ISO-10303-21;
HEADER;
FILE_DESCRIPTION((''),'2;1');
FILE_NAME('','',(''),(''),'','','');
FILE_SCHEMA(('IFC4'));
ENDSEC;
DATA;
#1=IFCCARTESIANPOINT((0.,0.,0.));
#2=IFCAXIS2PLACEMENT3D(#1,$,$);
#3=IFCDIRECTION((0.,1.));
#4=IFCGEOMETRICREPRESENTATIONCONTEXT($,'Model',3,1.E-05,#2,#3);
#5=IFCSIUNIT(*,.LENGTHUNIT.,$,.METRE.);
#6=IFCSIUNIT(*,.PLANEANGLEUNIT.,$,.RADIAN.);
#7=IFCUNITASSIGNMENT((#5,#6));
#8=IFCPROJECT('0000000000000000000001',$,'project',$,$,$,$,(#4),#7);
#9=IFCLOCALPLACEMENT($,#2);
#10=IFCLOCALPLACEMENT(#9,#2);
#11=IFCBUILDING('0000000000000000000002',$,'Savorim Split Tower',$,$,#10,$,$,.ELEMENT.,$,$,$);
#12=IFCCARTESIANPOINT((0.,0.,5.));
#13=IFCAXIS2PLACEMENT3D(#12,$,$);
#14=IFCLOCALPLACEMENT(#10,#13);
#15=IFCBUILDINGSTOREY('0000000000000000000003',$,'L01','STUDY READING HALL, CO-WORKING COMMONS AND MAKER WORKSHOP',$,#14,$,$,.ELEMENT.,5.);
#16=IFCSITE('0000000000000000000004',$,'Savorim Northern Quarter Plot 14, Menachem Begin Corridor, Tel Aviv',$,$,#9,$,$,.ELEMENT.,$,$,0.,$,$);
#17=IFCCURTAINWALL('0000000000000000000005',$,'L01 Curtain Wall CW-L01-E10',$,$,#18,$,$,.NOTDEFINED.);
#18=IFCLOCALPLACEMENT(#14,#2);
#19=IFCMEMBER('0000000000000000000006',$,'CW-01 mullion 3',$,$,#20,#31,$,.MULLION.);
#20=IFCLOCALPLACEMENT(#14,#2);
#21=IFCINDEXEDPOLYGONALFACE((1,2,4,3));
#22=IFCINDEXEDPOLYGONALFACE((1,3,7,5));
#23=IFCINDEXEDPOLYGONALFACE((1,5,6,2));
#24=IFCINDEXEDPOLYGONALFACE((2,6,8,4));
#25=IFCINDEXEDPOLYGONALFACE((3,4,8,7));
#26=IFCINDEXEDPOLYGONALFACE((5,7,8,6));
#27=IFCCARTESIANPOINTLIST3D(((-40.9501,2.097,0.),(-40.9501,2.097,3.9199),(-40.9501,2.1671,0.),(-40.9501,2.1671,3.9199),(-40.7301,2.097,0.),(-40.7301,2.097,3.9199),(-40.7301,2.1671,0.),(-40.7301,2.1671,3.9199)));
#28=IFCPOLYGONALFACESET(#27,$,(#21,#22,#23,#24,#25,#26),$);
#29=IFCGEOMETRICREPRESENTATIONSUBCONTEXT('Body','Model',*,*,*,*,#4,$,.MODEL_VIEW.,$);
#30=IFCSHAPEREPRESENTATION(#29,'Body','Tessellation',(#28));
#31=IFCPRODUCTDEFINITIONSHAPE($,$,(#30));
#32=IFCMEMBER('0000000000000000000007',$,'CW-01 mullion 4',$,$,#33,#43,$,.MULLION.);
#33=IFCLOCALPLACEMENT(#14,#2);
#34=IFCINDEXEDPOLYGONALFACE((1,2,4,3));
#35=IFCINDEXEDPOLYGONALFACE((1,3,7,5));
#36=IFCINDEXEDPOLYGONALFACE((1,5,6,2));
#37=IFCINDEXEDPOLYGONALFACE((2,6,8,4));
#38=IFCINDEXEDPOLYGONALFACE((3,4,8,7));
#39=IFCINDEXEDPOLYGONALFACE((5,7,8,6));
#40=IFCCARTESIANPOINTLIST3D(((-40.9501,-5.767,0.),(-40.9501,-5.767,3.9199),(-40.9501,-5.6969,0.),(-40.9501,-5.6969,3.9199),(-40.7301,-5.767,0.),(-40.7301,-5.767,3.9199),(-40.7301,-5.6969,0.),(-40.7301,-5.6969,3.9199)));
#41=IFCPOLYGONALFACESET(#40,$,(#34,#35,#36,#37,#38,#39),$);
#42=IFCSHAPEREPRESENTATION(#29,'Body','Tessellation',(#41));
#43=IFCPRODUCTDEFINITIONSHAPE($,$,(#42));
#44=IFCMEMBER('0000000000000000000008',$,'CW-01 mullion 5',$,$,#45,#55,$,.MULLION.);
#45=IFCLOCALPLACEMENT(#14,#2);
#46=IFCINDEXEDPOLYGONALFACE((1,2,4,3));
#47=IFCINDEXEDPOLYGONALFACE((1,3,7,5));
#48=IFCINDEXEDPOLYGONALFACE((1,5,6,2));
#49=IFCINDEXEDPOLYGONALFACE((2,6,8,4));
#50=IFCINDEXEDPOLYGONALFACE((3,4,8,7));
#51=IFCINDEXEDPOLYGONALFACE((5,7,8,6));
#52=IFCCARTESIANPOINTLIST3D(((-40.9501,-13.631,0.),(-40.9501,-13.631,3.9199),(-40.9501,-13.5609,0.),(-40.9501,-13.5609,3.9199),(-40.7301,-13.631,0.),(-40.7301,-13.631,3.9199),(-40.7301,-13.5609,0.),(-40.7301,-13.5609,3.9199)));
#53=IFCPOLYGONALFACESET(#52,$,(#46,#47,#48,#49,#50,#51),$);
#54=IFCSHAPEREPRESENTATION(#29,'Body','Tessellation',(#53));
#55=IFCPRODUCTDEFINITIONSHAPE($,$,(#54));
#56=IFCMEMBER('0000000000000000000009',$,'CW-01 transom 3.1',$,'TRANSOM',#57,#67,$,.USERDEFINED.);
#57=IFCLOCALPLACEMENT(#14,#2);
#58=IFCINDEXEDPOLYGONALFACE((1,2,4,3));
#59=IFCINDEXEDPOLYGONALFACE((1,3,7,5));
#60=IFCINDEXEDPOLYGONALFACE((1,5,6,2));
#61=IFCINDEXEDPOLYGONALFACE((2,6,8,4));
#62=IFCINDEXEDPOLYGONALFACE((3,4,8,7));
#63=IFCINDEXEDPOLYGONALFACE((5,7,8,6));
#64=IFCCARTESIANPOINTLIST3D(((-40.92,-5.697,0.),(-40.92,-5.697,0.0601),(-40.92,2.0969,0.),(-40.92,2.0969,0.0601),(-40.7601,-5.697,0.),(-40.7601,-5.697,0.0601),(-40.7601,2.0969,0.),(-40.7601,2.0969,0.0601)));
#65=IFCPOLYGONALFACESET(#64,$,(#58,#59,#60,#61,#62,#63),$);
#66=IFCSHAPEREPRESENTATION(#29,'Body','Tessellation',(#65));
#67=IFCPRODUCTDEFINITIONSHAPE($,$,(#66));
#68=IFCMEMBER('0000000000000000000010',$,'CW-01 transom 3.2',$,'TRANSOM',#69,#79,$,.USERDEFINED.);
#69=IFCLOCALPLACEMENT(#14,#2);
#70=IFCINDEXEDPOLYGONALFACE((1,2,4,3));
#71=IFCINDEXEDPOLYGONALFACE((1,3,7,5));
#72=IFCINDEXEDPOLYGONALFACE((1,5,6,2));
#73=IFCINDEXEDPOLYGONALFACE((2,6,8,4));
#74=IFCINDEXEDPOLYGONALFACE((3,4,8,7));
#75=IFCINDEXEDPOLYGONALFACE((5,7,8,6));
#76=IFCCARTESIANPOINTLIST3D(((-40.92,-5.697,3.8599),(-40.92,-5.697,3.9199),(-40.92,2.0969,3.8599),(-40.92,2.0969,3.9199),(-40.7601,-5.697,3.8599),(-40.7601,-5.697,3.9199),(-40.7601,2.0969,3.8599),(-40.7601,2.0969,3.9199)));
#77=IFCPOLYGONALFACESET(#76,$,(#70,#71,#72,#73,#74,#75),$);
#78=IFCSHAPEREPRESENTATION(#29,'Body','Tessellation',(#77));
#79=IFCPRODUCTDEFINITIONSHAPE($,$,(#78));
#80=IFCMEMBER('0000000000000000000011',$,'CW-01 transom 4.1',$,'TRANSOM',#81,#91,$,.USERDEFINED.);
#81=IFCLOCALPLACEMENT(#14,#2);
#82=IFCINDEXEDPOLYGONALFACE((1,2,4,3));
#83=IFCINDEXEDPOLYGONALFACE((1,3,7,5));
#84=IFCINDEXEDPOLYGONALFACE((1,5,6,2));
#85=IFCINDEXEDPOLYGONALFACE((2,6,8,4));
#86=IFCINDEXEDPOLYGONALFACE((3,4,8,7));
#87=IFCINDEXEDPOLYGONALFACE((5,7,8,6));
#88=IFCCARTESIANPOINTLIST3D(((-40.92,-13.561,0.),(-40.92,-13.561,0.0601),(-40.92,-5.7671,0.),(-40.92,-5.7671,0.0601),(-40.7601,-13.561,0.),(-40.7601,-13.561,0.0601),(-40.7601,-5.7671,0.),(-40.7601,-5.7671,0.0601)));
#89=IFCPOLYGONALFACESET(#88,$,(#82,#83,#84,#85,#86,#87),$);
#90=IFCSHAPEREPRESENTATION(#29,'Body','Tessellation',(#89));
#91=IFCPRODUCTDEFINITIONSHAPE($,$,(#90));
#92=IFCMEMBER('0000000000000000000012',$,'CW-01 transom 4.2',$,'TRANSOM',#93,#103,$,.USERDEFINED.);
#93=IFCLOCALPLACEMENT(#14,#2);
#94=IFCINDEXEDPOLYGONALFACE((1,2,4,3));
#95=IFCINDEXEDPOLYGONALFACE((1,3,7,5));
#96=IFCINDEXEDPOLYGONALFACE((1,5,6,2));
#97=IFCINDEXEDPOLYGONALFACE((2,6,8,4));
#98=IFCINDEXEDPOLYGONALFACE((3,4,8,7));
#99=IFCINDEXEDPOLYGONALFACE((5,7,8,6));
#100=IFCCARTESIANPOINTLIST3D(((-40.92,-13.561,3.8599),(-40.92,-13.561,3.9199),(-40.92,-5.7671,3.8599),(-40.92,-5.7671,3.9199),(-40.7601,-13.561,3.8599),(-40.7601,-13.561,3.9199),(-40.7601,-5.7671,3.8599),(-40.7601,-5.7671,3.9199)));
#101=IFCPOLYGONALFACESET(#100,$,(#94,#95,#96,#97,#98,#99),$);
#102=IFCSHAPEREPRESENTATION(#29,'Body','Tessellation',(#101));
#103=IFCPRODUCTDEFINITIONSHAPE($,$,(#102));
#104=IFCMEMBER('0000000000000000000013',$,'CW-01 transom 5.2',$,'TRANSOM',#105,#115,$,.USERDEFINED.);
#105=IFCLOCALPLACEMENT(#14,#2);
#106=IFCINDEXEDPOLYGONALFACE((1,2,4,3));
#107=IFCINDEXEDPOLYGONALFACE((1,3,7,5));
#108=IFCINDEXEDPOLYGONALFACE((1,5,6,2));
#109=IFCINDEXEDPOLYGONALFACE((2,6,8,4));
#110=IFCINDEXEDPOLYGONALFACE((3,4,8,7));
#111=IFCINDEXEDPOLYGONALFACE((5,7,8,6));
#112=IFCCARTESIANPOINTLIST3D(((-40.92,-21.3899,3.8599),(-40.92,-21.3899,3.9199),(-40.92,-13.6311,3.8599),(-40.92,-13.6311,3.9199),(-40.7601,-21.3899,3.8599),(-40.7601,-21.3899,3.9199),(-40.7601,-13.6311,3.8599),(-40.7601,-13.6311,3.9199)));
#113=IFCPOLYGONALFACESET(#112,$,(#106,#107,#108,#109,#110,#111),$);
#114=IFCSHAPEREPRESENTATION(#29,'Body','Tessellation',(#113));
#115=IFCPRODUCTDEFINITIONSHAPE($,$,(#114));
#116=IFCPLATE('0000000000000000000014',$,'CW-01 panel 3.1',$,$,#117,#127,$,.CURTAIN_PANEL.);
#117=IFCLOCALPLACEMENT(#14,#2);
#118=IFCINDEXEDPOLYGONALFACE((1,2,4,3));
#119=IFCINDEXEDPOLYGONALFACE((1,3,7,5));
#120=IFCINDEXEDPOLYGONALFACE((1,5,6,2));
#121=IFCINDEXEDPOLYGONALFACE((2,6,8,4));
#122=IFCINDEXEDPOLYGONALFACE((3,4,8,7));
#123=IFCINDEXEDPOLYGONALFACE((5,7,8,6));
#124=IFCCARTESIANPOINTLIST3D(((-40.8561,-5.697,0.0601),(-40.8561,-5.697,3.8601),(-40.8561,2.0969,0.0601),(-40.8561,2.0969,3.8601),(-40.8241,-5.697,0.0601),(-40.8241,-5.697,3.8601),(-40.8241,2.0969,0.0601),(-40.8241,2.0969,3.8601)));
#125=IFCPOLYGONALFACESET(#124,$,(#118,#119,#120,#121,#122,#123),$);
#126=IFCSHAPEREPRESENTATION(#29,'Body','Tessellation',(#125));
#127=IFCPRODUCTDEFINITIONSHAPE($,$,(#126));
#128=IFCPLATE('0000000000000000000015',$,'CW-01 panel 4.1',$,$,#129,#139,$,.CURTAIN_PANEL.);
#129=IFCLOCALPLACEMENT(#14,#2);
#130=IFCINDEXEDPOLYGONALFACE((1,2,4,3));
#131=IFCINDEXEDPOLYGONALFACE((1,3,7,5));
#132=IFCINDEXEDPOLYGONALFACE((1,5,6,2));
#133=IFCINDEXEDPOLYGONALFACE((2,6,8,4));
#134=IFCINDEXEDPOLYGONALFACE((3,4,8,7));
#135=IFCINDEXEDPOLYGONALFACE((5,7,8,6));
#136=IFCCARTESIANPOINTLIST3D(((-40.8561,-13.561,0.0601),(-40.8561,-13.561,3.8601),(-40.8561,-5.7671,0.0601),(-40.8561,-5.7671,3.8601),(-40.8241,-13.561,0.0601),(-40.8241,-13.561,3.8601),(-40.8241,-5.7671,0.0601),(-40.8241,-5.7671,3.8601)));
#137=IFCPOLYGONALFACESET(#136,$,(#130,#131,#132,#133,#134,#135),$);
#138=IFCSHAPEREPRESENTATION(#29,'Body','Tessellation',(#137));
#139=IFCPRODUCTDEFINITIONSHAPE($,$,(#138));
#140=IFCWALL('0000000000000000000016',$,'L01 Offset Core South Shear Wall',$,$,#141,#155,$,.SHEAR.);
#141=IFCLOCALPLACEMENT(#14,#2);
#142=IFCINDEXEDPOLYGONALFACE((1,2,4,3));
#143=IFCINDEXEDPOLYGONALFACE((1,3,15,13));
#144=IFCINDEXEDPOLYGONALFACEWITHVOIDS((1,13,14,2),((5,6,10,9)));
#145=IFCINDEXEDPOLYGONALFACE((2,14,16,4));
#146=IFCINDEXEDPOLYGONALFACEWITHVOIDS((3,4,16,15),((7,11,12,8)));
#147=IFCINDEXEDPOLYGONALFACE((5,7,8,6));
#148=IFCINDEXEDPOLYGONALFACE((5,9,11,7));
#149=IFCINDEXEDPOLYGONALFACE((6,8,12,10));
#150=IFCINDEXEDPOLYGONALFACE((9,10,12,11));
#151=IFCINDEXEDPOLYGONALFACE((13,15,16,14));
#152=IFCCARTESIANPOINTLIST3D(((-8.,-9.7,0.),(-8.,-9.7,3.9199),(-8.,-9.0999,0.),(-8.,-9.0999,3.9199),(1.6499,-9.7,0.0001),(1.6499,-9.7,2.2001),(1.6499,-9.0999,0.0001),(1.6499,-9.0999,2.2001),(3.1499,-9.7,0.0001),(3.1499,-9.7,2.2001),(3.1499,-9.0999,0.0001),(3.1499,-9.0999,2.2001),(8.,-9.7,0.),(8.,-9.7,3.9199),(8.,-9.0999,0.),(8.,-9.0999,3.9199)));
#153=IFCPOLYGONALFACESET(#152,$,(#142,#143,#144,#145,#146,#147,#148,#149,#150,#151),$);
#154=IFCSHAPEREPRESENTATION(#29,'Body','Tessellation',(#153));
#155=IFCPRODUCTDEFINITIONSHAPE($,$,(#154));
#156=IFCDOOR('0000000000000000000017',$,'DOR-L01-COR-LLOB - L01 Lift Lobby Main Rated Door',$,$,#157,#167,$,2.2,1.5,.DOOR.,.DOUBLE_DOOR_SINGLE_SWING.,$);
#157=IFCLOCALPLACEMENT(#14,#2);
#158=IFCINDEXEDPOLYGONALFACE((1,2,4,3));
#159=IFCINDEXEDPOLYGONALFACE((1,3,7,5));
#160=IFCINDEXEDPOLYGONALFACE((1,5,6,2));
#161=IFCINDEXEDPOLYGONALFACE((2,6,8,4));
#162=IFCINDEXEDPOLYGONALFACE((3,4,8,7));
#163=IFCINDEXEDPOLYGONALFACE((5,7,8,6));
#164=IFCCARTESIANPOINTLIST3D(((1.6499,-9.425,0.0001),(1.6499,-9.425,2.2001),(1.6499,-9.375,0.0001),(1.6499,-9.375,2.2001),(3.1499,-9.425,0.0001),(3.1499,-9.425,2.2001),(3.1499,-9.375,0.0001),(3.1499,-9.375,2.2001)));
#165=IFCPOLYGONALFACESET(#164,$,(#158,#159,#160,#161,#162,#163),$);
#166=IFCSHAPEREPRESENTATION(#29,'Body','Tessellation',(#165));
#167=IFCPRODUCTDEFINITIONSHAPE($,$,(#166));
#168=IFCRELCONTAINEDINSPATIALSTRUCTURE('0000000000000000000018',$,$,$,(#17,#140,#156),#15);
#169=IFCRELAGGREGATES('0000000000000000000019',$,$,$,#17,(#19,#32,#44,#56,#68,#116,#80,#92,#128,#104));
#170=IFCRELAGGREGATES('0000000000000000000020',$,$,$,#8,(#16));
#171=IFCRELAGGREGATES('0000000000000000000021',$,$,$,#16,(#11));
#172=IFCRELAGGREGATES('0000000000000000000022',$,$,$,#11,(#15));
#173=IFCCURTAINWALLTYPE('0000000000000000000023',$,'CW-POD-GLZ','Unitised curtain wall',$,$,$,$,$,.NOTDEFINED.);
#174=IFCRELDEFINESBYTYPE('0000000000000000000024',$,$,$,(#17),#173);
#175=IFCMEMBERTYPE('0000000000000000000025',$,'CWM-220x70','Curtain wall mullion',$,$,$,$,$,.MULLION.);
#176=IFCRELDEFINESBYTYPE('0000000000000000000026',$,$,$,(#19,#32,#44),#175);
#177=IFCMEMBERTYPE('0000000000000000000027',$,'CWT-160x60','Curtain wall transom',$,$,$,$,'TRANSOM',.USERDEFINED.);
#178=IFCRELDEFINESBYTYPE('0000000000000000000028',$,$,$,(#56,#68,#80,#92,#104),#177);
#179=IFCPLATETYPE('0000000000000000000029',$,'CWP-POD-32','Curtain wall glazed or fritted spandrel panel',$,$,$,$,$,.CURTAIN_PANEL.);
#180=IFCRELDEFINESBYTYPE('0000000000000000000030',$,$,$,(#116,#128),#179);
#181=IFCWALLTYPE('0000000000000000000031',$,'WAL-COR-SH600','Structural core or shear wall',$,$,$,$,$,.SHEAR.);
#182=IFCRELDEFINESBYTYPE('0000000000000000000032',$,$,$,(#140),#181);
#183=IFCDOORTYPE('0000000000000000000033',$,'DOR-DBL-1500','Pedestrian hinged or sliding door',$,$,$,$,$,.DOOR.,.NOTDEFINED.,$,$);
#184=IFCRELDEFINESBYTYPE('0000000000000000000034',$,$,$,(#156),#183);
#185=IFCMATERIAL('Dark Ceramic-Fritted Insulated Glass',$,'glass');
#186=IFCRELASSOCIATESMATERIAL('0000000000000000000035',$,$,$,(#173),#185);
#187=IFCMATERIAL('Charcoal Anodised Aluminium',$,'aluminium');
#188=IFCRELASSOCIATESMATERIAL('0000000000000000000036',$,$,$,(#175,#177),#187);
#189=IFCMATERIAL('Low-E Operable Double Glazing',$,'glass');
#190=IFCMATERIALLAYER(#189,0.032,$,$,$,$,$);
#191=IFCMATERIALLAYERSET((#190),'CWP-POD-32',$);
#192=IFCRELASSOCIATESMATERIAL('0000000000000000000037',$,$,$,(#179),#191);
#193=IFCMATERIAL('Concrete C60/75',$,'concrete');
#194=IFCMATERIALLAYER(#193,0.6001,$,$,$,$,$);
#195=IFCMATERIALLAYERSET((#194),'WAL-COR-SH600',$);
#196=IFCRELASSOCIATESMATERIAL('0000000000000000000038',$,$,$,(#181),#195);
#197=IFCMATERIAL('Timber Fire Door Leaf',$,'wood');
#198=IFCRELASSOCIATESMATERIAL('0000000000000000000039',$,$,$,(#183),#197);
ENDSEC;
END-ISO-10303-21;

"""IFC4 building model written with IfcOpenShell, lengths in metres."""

from ifc_helpers import new_model, si_unit, direction, frame, frame_2d, origin, origin_2d, place, context, subcontext, project, spatial, rectangle, extrude, material, layer, layer_set, material_profile, profile_set, type_object, element, fill, aggregate, save


model = new_model("IFC4")

# Units and contexts
model_context = context("Model", 3, precision=1e-05, world=origin(), true_north=direction((0.0, 1.0)))
body_context = subcontext(model_context, "Body", "Model", "MODEL_VIEW")
ifc_project = project(units=[si_unit("LENGTHUNIT", "METRE"), si_unit("PLANEANGLEUNIT", "RADIAN")], contexts=[model_context])

# Site, building, storey
site_placement = place(None, origin())
site = spatial("IfcSite", under=ifc_project, at=site_placement, Name="Savorim Northern Quarter Plot 14, Menachem Begin Corridor, Tel Aviv", CompositionType="ELEMENT", RefElevation=0.0)
building_placement = place(site_placement, origin())
building = spatial("IfcBuilding", under=site, at=building_placement, Name="Savorim Split Tower", CompositionType="ELEMENT")
storey_placement = place(building_placement, frame((0.0, 0.0, 5.0)))
storey = spatial("IfcBuildingStorey", under=building, at=storey_placement, Name="L01", Description="STUDY READING HALL, CO-WORKING COMMONS AND MAKER WORKSHOP", CompositionType="ELEMENT", Elevation=5.0)

# Shared definitions
ifc_material_1 = material(Name="Concrete C60/75", Category="concrete")

# Curtain wall, members, plates
ifc_material_2 = material(Name="Dark Ceramic-Fritted Insulated Glass", Category="glass")
curtain_wall_type = type_object("IfcCurtainWallType", Name="CW-POD-GLZ", Description="Unitised curtain wall", PredefinedType="NOTDEFINED", material=ifc_material_2)
curtain_wall_placement = place(storey_placement, origin())
curtain_wall = element("IfcCurtainWall", 1, at=curtain_wall_placement, inside=storey, type_object=curtain_wall_type, Name="L01 Curtain Wall CW-L01-E10", PredefinedType="NOTDEFINED")
ifc_material_3 = material(Name="Charcoal Anodised Aluminium", Category="aluminium")
ifc_material_profile_1 = material_profile(ifc_material_3, rectangle(XDim=0.22, YDim=0.0701, at=origin_2d()), Name="ALU-M 220x70")
ifc_profile_set_1 = profile_set([ifc_material_profile_1], Name="Charcoal Anodised Aluminium")
member_type_1 = type_object("IfcMemberType", Name="CWM-220x70", Description="Curtain wall mullion", PredefinedType="MULLION", material=ifc_profile_set_1)
member_1_placement = place(storey_placement, frame((-40.8401, 2.1321, 0.0), z_axis=(0.0, 0.0, 1.0), x_axis=(1.0, 0.0, 0.0)))
member_1 = element("IfcMember", 2, at=member_1_placement, type_object=member_type_1, Name="CW-01 mullion 3", PredefinedType="MULLION", context=body_context, shape_type="SweptSolid", body=[
    extrude(rectangle(XDim=0.22, YDim=0.0701, at=origin_2d()), origin(), (0.0, 0.0, 1.0), 3.9199),
])
member_2_placement = place(storey_placement, frame((-40.8401, -5.7319, 0.0), z_axis=(0.0, 0.0, 1.0), x_axis=(1.0, 0.0, 0.0)))
member_2 = element("IfcMember", 3, at=member_2_placement, type_object=member_type_1, Name="CW-01 mullion 4", PredefinedType="MULLION", context=body_context, shape_type="SweptSolid", body=[
    extrude(rectangle(XDim=0.22, YDim=0.0701, at=origin_2d()), origin(), (0.0, 0.0, 1.0), 3.9199),
])
member_3_placement = place(storey_placement, frame((-40.8401, -13.5959, 0.0), z_axis=(0.0, 0.0, 1.0), x_axis=(1.0, 0.0, 0.0)))
member_3 = element("IfcMember", 4, at=member_3_placement, type_object=member_type_1, Name="CW-01 mullion 5", PredefinedType="MULLION", context=body_context, shape_type="SweptSolid", body=[
    extrude(rectangle(XDim=0.22, YDim=0.0701, at=origin_2d()), origin(), (0.0, 0.0, 1.0), 3.9199),
])
ifc_material_profile_2 = material_profile(ifc_material_3, rectangle(XDim=0.1599, YDim=0.0601, at=origin_2d()), Name="ALU-T 160x60")
ifc_profile_set_2 = profile_set([ifc_material_profile_2], Name="Charcoal Anodised Aluminium")
member_type_2 = type_object("IfcMemberType", Name="CWT-160x60", Description="Curtain wall transom", ElementType="TRANSOM", PredefinedType="USERDEFINED", material=ifc_profile_set_2)
member_4_placement = place(storey_placement, frame((-40.8401, 2.0969, 0.03), z_axis=(0.0, -1.0, 0.0), x_axis=(1.0, 0.0, 0.0)))
member_4 = element("IfcMember", 5, at=member_4_placement, type_object=member_type_2, Name="CW-01 transom 3.1", ObjectType="TRANSOM", PredefinedType="USERDEFINED", context=body_context, shape_type="SweptSolid", body=[
    extrude(rectangle(XDim=0.1599, YDim=0.0601, at=origin_2d()), origin(), (0.0, 0.0, 1.0), 7.7939),
])
member_5_placement = place(storey_placement, frame((-40.8401, 2.0969, 3.8899), z_axis=(0.0, -1.0, 0.0), x_axis=(1.0, 0.0, 0.0)))
member_5 = element("IfcMember", 6, at=member_5_placement, type_object=member_type_2, Name="CW-01 transom 3.2", ObjectType="TRANSOM", PredefinedType="USERDEFINED", context=body_context, shape_type="SweptSolid", body=[
    extrude(rectangle(XDim=0.1599, YDim=0.0601, at=origin_2d()), origin(), (0.0, 0.0, 1.0), 7.7939),
])
member_6_placement = place(storey_placement, frame((-40.8401, -5.7671, 0.03), z_axis=(0.0, -1.0, 0.0), x_axis=(1.0, 0.0, 0.0)))
member_6 = element("IfcMember", 7, at=member_6_placement, type_object=member_type_2, Name="CW-01 transom 4.1", ObjectType="TRANSOM", PredefinedType="USERDEFINED", context=body_context, shape_type="SweptSolid", body=[
    extrude(rectangle(XDim=0.1599, YDim=0.0601, at=origin_2d()), origin(), (0.0, 0.0, 1.0), 7.7939),
])
member_7_placement = place(storey_placement, frame((-40.8401, -5.7671, 3.8899), z_axis=(0.0, -1.0, 0.0), x_axis=(1.0, 0.0, 0.0)))
member_7 = element("IfcMember", 8, at=member_7_placement, type_object=member_type_2, Name="CW-01 transom 4.2", ObjectType="TRANSOM", PredefinedType="USERDEFINED", context=body_context, shape_type="SweptSolid", body=[
    extrude(rectangle(XDim=0.1599, YDim=0.0601, at=origin_2d()), origin(), (0.0, 0.0, 1.0), 7.7939),
])
member_8_placement = place(storey_placement, frame((-40.8401, -13.6311, 3.8899), z_axis=(0.0, -1.0, 0.0), x_axis=(1.0, 0.0, 0.0)))
member_8 = element("IfcMember", 9, at=member_8_placement, type_object=member_type_2, Name="CW-01 transom 5.2", ObjectType="TRANSOM", PredefinedType="USERDEFINED", context=body_context, shape_type="SweptSolid", body=[
    extrude(rectangle(XDim=0.1599, YDim=0.0601, at=origin_2d()), origin(), (0.0, 0.0, 1.0), 7.7588),
])
ifc_material_4 = material(Name="Low-E Operable Double Glazing", Category="glass")
ifc_layer_1 = layer(ifc_material_4, 0.032)
ifc_layer_set_1 = layer_set([ifc_layer_1], Name="CWP-POD-32")
plate_type = type_object("IfcPlateType", Name="CWP-POD-32", Description="Curtain wall glazed or fritted spandrel panel", PredefinedType="CURTAIN_PANEL", material=ifc_layer_set_1)
plate_1_placement = place(storey_placement, frame((-40.8401, -1.8, 0.0601), z_axis=(0.0, 0.0, 1.0), x_axis=(0.0, -1.0, 0.0)))
plate_1 = element("IfcPlate", 10, at=plate_1_placement, type_object=plate_type, Name="CW-01 panel 3.1", PredefinedType="CURTAIN_PANEL", context=body_context, shape_type="SweptSolid", body=[
    extrude(rectangle(XDim=7.7939, YDim=0.032, at=origin_2d()), origin(), (0.0, 0.0, 1.0), 3.8),
])
plate_2_placement = place(storey_placement, frame((-40.8401, -9.6641, 0.0601), z_axis=(0.0, 0.0, 1.0), x_axis=(0.0, -1.0, 0.0)))
plate_2 = element("IfcPlate", 11, at=plate_2_placement, type_object=plate_type, Name="CW-01 panel 4.1", PredefinedType="CURTAIN_PANEL", context=body_context, shape_type="SweptSolid", body=[
    extrude(rectangle(XDim=7.7939, YDim=0.032, at=origin_2d()), origin(), (0.0, 0.0, 1.0), 3.8),
])
aggregate(curtain_wall, [member_1, member_2, member_3, member_4, member_5, plate_1, member_6, member_7, plate_2, member_8])

# Wall, opening, door
ifc_layer_2 = layer(ifc_material_1, 0.6001)
ifc_layer_set_2 = layer_set([ifc_layer_2], Name="WAL-COR-SH600")
wall_type_1 = type_object("IfcWallType", Name="WAL-COR-SH600", Description="Structural core or shear wall", PredefinedType="SHEAR", material=ifc_layer_set_2)
wall_1_placement = place(storey_placement, frame((-8.0, -9.3999, 0.0), z_axis=(0.0, 0.0, 1.0), x_axis=(1.0, 0.0, 0.0)))
wall_1 = element("IfcWall", 12, at=wall_1_placement, inside=storey, type_object=wall_type_1, Name="L01 Offset Core South Shear Wall", PredefinedType="SHEAR", context=body_context, shape_type="SweptSolid", body=[
    extrude(rectangle(XDim=16.0, YDim=0.6001, at=frame_2d((8.0, 0.0))), origin(), (0.0, 0.0, 1.0), 3.9199),
])
opening_1_placement = place(wall_1_placement, frame((9.6499, 0.0, 0.0)))
opening_1 = element("IfcOpeningElement", 13, at=opening_1_placement, cuts=wall_1, PredefinedType="OPENING", context=body_context, shape_type="SweptSolid", body=[
    extrude(rectangle(XDim=1.5, YDim=2.2, at=frame_2d((0.75, 1.1001))), frame((0.0, 0.3101, 0.0), z_axis=(0.0, -1.0, 0.0), x_axis=(1.0, 0.0, 0.0)), (0.0, 0.0, 1.0), 0.6201),
])
ifc_material_5 = material(Name="Timber Fire Door Leaf", Category="wood")
door_type_1 = type_object("IfcDoorType", Name="DOR-DBL-1500", Description="Pedestrian hinged or sliding door", OperationType="NOTDEFINED", PredefinedType="DOOR", material=ifc_material_5)
door_1_placement = place(opening_1_placement, origin())
door_1 = element("IfcDoor", 14, at=door_1_placement, inside=storey, type_object=door_type_1, Name="DOR-L01-COR-LLOB - L01 Lift Lobby Main Rated Door", OperationType="DOUBLE_DOOR_SINGLE_SWING", OverallHeight=2.2, OverallWidth=1.5, PredefinedType="DOOR", context=body_context, shape_type="SweptSolid", body=[
    extrude(rectangle(XDim=1.5, YDim=2.2, at=frame_2d((0.75, 1.1001))), frame((0.0, 0.0249, 0.0), z_axis=(0.0, -1.0, 0.0), x_axis=(1.0, 0.0, 0.0)), (0.0, 0.0, 1.0), 0.05),
])
fill(opening_1, door_1)

save(model, "model.ifc")
